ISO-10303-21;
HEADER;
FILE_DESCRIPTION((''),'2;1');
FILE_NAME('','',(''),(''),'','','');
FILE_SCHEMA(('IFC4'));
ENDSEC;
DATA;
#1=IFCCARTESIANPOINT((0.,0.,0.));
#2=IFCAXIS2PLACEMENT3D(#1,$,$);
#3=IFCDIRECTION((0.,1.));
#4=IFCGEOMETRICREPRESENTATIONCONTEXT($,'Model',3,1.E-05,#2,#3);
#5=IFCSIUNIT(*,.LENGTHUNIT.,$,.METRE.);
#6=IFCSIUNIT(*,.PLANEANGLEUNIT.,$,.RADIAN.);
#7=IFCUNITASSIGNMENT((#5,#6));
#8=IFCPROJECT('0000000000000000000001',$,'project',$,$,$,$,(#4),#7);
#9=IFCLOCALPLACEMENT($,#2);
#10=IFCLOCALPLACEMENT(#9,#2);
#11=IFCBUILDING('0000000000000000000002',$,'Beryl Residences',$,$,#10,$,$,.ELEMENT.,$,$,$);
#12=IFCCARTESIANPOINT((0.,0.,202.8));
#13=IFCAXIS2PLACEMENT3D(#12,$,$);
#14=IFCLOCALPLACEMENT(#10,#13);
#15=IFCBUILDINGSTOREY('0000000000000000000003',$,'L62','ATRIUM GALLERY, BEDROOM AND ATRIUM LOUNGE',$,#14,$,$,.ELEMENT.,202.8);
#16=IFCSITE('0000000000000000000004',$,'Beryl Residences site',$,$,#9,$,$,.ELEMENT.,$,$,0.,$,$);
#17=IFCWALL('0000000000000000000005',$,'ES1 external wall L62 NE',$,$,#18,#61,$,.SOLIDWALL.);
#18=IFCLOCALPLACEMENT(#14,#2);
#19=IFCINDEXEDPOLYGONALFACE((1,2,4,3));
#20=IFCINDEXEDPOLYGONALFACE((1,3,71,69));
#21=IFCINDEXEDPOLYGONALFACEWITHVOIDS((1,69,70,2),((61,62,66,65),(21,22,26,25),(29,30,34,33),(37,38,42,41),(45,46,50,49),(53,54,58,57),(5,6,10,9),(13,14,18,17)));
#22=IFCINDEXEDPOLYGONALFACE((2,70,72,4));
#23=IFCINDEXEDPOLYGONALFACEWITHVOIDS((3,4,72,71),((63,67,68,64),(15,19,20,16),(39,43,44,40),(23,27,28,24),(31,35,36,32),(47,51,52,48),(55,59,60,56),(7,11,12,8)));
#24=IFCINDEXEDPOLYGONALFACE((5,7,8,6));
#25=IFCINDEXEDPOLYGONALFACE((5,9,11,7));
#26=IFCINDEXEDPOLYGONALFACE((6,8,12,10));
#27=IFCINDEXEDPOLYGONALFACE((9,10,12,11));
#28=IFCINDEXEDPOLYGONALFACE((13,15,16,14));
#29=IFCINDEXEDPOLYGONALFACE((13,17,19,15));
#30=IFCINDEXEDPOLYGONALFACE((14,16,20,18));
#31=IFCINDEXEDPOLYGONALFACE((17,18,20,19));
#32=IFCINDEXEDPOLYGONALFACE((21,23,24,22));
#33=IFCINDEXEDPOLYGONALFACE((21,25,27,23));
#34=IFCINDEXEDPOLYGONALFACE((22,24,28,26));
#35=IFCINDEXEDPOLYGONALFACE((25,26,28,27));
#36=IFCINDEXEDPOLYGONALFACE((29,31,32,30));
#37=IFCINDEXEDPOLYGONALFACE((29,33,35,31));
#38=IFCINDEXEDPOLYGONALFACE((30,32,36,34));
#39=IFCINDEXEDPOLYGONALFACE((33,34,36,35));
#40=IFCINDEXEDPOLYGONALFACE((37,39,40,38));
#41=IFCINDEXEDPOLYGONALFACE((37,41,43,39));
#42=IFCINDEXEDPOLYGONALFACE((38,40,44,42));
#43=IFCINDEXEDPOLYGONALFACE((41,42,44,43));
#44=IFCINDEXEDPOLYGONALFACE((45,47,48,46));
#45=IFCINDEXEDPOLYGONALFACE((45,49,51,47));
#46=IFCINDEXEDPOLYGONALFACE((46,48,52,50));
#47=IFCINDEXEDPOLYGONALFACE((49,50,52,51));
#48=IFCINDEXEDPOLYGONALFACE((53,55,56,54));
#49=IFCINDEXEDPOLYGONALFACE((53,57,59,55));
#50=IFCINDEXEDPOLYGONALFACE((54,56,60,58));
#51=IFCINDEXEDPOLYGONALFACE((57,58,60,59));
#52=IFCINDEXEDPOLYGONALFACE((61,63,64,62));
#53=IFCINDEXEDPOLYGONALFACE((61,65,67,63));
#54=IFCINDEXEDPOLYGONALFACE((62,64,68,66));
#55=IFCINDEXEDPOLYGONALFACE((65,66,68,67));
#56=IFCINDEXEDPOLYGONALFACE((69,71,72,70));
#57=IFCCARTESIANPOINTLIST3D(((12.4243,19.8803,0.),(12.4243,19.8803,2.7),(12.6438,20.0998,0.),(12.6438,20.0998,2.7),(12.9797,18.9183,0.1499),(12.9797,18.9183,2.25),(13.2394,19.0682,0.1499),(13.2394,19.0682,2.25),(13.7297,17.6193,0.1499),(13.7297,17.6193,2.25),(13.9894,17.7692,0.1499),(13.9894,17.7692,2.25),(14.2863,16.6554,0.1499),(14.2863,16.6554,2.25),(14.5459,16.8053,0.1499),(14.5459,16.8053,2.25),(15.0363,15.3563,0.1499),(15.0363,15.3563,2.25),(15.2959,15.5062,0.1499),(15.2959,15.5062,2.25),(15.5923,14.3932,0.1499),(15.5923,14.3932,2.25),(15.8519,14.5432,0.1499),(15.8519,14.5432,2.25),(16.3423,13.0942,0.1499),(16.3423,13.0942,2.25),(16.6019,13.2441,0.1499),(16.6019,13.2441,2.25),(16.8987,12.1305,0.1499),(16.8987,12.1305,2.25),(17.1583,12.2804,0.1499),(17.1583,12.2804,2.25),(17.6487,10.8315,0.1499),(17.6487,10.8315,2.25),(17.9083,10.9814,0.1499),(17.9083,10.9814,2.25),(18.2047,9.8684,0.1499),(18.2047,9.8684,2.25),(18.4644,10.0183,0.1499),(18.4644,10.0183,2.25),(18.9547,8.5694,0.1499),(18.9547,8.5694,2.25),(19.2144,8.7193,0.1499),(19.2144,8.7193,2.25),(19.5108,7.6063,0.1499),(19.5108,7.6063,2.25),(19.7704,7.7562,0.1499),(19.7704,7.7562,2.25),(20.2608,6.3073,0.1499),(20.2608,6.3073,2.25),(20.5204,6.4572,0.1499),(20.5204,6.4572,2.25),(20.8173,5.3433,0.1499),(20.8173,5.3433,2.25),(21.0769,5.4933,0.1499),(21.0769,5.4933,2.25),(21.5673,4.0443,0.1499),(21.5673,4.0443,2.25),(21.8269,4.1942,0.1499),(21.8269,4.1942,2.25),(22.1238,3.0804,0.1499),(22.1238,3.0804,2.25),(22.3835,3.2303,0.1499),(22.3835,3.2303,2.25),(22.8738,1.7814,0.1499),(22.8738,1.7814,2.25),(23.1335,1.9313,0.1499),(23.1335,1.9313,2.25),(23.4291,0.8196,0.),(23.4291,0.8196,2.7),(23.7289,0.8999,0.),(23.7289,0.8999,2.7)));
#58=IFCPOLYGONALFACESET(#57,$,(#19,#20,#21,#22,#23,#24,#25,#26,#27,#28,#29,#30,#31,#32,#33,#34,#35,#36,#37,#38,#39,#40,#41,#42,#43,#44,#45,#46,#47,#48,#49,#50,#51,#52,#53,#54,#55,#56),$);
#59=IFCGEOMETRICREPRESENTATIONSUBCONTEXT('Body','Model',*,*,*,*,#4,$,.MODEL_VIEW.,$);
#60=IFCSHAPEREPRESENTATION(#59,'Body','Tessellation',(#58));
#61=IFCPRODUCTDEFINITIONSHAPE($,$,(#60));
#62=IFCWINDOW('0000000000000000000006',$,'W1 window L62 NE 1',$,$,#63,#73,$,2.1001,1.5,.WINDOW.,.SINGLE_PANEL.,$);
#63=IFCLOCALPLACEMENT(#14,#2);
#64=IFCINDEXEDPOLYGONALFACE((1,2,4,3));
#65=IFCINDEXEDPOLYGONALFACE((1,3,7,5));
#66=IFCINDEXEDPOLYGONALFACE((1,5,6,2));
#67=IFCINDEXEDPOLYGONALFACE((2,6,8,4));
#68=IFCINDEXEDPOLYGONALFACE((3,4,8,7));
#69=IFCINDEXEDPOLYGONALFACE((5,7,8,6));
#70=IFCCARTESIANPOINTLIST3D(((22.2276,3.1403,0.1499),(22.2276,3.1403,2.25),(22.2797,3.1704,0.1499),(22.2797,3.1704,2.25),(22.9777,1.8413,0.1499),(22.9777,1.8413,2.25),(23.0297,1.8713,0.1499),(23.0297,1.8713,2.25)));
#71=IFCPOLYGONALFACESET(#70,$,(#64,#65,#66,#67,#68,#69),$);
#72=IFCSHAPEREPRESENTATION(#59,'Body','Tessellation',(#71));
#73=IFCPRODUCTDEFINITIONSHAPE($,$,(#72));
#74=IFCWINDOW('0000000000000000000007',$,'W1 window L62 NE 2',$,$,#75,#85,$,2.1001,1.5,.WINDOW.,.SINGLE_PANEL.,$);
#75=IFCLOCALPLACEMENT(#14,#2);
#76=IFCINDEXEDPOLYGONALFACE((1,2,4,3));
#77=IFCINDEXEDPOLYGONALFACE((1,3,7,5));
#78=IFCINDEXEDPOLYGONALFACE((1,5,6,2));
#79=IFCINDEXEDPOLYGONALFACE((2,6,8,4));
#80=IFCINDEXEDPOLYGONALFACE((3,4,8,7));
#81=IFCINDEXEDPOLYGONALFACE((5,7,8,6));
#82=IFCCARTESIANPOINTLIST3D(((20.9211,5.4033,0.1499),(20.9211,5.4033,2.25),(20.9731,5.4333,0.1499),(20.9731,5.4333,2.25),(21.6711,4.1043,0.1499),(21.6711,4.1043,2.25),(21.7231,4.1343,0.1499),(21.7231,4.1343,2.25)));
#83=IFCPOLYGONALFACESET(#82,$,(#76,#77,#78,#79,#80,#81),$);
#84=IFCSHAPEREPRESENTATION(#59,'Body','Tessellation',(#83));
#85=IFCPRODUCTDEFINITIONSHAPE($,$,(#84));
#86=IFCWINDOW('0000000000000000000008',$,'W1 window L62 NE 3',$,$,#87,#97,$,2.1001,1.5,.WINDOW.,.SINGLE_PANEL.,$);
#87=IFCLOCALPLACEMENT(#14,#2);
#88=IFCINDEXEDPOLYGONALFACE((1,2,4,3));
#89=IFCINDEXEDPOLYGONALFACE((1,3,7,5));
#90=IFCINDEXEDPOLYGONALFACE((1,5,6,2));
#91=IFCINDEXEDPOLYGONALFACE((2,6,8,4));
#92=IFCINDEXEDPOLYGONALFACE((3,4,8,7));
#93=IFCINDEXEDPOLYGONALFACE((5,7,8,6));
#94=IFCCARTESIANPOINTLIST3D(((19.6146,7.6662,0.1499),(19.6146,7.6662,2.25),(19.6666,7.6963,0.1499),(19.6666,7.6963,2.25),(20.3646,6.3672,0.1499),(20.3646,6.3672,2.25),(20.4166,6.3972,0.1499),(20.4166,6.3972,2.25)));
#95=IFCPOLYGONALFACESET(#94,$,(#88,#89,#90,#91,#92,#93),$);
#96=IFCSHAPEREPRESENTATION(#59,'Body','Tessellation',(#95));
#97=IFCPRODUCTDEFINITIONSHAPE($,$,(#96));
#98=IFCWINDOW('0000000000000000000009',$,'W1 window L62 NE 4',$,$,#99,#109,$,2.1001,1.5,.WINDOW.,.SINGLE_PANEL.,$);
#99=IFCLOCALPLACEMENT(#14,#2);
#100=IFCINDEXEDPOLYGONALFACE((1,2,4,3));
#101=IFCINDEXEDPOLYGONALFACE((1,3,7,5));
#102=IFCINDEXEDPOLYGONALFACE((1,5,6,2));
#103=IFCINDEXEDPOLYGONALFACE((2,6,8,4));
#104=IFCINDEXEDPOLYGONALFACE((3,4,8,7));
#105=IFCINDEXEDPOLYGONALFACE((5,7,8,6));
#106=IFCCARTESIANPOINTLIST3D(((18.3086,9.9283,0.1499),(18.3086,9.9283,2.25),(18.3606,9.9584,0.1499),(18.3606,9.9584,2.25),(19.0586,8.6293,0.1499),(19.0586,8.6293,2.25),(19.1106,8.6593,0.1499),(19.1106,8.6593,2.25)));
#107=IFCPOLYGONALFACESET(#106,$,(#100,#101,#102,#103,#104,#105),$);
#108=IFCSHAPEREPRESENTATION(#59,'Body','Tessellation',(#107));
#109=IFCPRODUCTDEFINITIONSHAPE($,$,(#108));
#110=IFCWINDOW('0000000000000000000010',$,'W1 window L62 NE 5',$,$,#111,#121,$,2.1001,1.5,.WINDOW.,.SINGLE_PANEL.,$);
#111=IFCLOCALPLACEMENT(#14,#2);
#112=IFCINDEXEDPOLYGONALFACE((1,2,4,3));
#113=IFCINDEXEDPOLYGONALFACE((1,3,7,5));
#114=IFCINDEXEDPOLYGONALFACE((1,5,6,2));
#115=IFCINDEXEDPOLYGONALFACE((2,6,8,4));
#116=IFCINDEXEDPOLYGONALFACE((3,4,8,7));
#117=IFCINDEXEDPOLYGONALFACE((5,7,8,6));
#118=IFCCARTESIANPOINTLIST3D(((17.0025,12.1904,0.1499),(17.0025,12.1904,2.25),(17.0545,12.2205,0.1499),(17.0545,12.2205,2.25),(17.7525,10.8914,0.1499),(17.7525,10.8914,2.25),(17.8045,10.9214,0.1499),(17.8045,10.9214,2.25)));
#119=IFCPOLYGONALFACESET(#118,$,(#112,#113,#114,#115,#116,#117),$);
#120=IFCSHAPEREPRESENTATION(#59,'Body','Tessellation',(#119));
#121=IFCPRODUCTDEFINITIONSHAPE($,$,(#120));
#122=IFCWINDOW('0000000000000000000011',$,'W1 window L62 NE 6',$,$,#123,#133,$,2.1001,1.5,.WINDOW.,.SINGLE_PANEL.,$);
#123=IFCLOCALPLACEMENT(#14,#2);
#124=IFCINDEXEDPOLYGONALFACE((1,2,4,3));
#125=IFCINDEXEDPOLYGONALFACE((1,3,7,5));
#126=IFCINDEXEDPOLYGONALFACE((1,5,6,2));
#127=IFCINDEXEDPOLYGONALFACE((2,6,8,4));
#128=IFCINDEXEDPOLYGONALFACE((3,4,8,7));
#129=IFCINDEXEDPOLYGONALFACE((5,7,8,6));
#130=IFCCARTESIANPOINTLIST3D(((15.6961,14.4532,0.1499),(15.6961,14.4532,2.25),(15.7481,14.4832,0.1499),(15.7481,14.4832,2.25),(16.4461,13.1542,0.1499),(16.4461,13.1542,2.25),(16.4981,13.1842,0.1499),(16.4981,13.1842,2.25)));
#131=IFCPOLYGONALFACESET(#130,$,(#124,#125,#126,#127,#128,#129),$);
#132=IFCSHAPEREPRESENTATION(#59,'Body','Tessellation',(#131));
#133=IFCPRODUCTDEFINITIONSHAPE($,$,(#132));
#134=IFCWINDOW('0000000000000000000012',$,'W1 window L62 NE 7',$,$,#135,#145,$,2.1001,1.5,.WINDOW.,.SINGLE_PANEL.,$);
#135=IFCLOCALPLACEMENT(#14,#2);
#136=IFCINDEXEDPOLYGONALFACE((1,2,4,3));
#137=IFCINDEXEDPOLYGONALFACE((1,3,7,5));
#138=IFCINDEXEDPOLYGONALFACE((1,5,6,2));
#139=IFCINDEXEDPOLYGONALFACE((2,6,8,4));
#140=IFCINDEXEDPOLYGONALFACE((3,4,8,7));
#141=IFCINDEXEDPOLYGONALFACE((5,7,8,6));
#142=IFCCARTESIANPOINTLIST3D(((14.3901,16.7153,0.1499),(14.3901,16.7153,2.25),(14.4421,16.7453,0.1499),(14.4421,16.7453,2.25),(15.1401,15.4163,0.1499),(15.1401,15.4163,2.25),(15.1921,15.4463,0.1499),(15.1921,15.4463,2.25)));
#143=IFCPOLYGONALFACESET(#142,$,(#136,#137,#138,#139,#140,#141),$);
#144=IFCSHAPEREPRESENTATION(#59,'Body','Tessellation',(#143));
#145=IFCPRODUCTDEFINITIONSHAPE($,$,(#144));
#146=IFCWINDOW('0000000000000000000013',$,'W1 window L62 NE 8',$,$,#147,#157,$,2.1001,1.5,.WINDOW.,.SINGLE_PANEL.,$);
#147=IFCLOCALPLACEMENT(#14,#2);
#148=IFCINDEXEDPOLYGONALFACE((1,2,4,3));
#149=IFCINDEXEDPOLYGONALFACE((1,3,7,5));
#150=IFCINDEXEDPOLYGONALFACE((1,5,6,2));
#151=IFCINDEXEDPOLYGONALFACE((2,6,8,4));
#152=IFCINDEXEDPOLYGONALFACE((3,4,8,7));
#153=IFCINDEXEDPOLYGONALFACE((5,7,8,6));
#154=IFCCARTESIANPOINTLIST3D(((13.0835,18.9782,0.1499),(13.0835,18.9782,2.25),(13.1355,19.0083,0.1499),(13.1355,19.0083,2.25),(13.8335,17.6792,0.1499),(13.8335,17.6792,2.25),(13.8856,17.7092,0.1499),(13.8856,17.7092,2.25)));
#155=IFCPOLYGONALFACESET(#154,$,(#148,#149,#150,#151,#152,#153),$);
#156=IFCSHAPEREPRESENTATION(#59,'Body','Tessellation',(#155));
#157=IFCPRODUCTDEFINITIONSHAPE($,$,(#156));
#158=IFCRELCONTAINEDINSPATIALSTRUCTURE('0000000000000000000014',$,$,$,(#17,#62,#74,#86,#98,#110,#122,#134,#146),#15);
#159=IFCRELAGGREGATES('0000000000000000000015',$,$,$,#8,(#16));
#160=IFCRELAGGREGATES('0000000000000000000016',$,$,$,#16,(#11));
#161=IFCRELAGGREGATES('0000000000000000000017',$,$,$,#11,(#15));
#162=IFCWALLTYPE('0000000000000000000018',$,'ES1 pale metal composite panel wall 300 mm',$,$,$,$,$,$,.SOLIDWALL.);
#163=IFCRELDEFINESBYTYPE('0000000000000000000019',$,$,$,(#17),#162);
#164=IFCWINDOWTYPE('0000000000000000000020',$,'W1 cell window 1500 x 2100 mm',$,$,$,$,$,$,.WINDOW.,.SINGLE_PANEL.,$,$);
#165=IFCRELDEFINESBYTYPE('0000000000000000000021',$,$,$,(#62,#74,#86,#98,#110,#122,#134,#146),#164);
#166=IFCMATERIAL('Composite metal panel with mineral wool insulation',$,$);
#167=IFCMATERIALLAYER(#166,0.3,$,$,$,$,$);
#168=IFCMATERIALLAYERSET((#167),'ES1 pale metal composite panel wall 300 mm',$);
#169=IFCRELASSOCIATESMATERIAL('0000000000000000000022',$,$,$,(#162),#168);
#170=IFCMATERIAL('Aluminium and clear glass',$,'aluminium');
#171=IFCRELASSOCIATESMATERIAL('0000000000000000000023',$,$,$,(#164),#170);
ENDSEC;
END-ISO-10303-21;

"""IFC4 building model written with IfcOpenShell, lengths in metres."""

from ifc_helpers import new_model, si_unit, direction, frame, frame_2d, origin, place, context, subcontext, project, spatial, polyline, rectangle, outline, extrude, material, layer, layer_set, type_object, element, fill, save


model = new_model("IFC4")

# Units and contexts
model_context = context("Model", 3, precision=1e-05, world=origin(), true_north=direction((0.0, 1.0)))
body_context = subcontext(model_context, "Body", "Model", "MODEL_VIEW")
ifc_project = project(units=[si_unit("LENGTHUNIT", "METRE"), si_unit("PLANEANGLEUNIT", "RADIAN")], contexts=[model_context])

# Site, building, storey
site_placement = place(None, origin())
site = spatial("IfcSite", under=ifc_project, at=site_placement, Name="Beryl Residences site", CompositionType="ELEMENT", RefElevation=0.0)
building_placement = place(site_placement, origin())
building = spatial("IfcBuilding", under=site, at=building_placement, Name="Beryl Residences", CompositionType="ELEMENT")
storey_placement = place(building_placement, frame((0.0, 0.0, 202.8)))
storey = spatial("IfcBuildingStorey", under=building, at=storey_placement, Name="L62", Description="ATRIUM GALLERY, BEDROOM AND ATRIUM LOUNGE", CompositionType="ELEMENT", Elevation=202.8)

# Wall, openings, windows
ifc_material_1 = material(Name="Composite metal panel with mineral wool insulation")
ifc_layer_1 = layer(ifc_material_1, 0.3)
ifc_layer_set_1 = layer_set([ifc_layer_1], Name="ES1 pale metal composite panel wall 300 mm")
wall_type_1 = type_object("IfcWallType", Name="ES1 pale metal composite panel wall 300 mm", PredefinedType="SOLIDWALL", material=ifc_layer_set_1)
wall_1_placement = place(storey_placement, frame((23.5991, 0.825, 0.0), z_axis=(0.0, 0.0, 1.0), x_axis=(-0.500004, 0.866023, 0.0)))
wall_1 = element("IfcWall", 1, at=wall_1_placement, inside=storey, type_object=wall_type_1, Name="ES1 external wall L62 NE", PredefinedType="SOLIDWALL", context=body_context, shape_type="SweptSolid", body=[
    extrude(outline(polyline([(0.0, -0.1499), (22.1702, -0.1499), (22.0898, 0.1499), (0.0803, 0.1499), (0.0, -0.1499)])), origin(), (0.0, 0.0, 1.0), 2.7),
])
opening_1_placement = place(wall_1_placement, frame((1.1909, 0.0, 0.1499)))
opening_1 = element("IfcOpeningElement", 2, at=opening_1_placement, cuts=wall_1, PredefinedType="OPENING", context=body_context, shape_type="SweptSolid", body=[
    extrude(rectangle(XDim=1.5, YDim=2.1001, at=frame_2d((0.75, 1.05))), frame((0.0, 0.1599, 0.0), z_axis=(0.0, -1.0, 0.0), x_axis=(1.0, 0.0, 0.0)), (0.0, 0.0, 1.0), 0.3201),
])
opening_2_placement = place(wall_1_placement, frame((3.804, 0.0, 0.1499)))
opening_2 = element("IfcOpeningElement", 3, at=opening_2_placement, cuts=wall_1, PredefinedType="OPENING", context=body_context, shape_type="SweptSolid", body=[
    extrude(rectangle(XDim=1.5, YDim=2.1001, at=frame_2d((0.75, 1.05))), frame((0.0, 0.1599, 0.0), z_axis=(0.0, -1.0, 0.0), x_axis=(1.0, 0.0, 0.0)), (0.0, 0.0, 1.0), 0.3201),
])
opening_3_placement = place(wall_1_placement, frame((6.417, 0.0, 0.1499)))
opening_3 = element("IfcOpeningElement", 4, at=opening_3_placement, cuts=wall_1, PredefinedType="OPENING", context=body_context, shape_type="SweptSolid", body=[
    extrude(rectangle(XDim=1.5, YDim=2.1001, at=frame_2d((0.75, 1.05))), frame((0.0, 0.1599, 0.0), z_axis=(0.0, -1.0, 0.0), x_axis=(1.0, 0.0, 0.0)), (0.0, 0.0, 1.0), 0.3201),
])
opening_4_placement = place(wall_1_placement, frame((9.0291, 0.0, 0.1499)))
opening_4 = element("IfcOpeningElement", 5, at=opening_4_placement, cuts=wall_1, PredefinedType="OPENING", context=body_context, shape_type="SweptSolid", body=[
    extrude(rectangle(XDim=1.5, YDim=2.1001, at=frame_2d((0.75, 1.05))), frame((0.0, 0.1599, 0.0), z_axis=(0.0, -1.0, 0.0), x_axis=(1.0, 0.0, 0.0)), (0.0, 0.0, 1.0), 0.3201),
])
opening_5_placement = place(wall_1_placement, frame((11.6411, 0.0, 0.1499)))
opening_5 = element("IfcOpeningElement", 6, at=opening_5_placement, cuts=wall_1, PredefinedType="OPENING", context=body_context, shape_type="SweptSolid", body=[
    extrude(rectangle(XDim=1.5, YDim=2.1001, at=frame_2d((0.75, 1.05))), frame((0.0, 0.1599, 0.0), z_axis=(0.0, -1.0, 0.0), x_axis=(1.0, 0.0, 0.0)), (0.0, 0.0, 1.0), 0.3201),
])
opening_6_placement = place(wall_1_placement, frame((14.2539, 0.0, 0.1499)))
opening_6 = element("IfcOpeningElement", 7, at=opening_6_placement, cuts=wall_1, PredefinedType="OPENING", context=body_context, shape_type="SweptSolid", body=[
    extrude(rectangle(XDim=1.5, YDim=2.1001, at=frame_2d((0.75, 1.05))), frame((0.0, 0.1599, 0.0), z_axis=(0.0, -1.0, 0.0), x_axis=(1.0, 0.0, 0.0)), (0.0, 0.0, 1.0), 0.3201),
])
opening_7_placement = place(wall_1_placement, frame((16.866, 0.0, 0.1499)))
opening_7 = element("IfcOpeningElement", 8, at=opening_7_placement, cuts=wall_1, PredefinedType="OPENING", context=body_context, shape_type="SweptSolid", body=[
    extrude(rectangle(XDim=1.5, YDim=2.1001, at=frame_2d((0.75, 1.05))), frame((0.0, 0.1599, 0.0), z_axis=(0.0, -1.0, 0.0), x_axis=(1.0, 0.0, 0.0)), (0.0, 0.0, 1.0), 0.3201),
])
opening_8_placement = place(wall_1_placement, frame((19.479, 0.0, 0.1499)))
opening_8 = element("IfcOpeningElement", 9, at=opening_8_placement, cuts=wall_1, PredefinedType="OPENING", context=body_context, shape_type="SweptSolid", body=[
    extrude(rectangle(XDim=1.5, YDim=2.1001, at=frame_2d((0.75, 1.05))), frame((0.0, 0.1599, 0.0), z_axis=(0.0, -1.0, 0.0), x_axis=(1.0, 0.0, 0.0)), (0.0, 0.0, 1.0), 0.3201),
])
ifc_material_2 = material(Name="Aluminium and clear glass", Category="aluminium")
window_type = type_object("IfcWindowType", Name="W1 cell window 1500 x 2100 mm", PartitioningType="SINGLE_PANEL", PredefinedType="WINDOW", material=ifc_material_2)
window_1_placement = place(opening_1_placement, origin())
window_1 = element("IfcWindow", 10, at=window_1_placement, inside=storey, type_object=window_type, Name="W1 window L62 NE 1", OverallHeight=2.1001, OverallWidth=1.5, PartitioningType="SINGLE_PANEL", PredefinedType="WINDOW", context=body_context, shape_type="SweptSolid", body=[
    extrude(rectangle(XDim=1.5, YDim=2.1001, at=frame_2d((0.75, 1.05))), frame((0.0, 0.03, 0.0), z_axis=(0.0, -1.0, 0.0), x_axis=(1.0, 0.0, 0.0)), (0.0, 0.0, 1.0), 0.0601),
])
fill(opening_1, window_1)
window_2_placement = place(opening_2_placement, origin())
window_2 = element("IfcWindow", 11, at=window_2_placement, inside=storey, type_object=window_type, Name="W1 window L62 NE 2", OverallHeight=2.1001, OverallWidth=1.5, PartitioningType="SINGLE_PANEL", PredefinedType="WINDOW", context=body_context, shape_type="SweptSolid", body=[
    extrude(rectangle(XDim=1.5, YDim=2.1001, at=frame_2d((0.75, 1.05))), frame((0.0, 0.03, 0.0), z_axis=(0.0, -1.0, 0.0), x_axis=(1.0, 0.0, 0.0)), (0.0, 0.0, 1.0), 0.0601),
])
fill(opening_2, window_2)
window_3_placement = place(opening_3_placement, origin())
window_3 = element("IfcWindow", 12, at=window_3_placement, inside=storey, type_object=window_type, Name="W1 window L62 NE 3", OverallHeight=2.1001, OverallWidth=1.5, PartitioningType="SINGLE_PANEL", PredefinedType="WINDOW", context=body_context, shape_type="SweptSolid", body=[
    extrude(rectangle(XDim=1.5, YDim=2.1001, at=frame_2d((0.75, 1.05))), frame((0.0, 0.03, 0.0), z_axis=(0.0, -1.0, 0.0), x_axis=(1.0, 0.0, 0.0)), (0.0, 0.0, 1.0), 0.0601),
])
fill(opening_3, window_3)
window_4_placement = place(opening_4_placement, origin())
window_4 = element("IfcWindow", 13, at=window_4_placement, inside=storey, type_object=window_type, Name="W1 window L62 NE 4", OverallHeight=2.1001, OverallWidth=1.5, PartitioningType="SINGLE_PANEL", PredefinedType="WINDOW", context=body_context, shape_type="SweptSolid", body=[
    extrude(rectangle(XDim=1.5, YDim=2.1001, at=frame_2d((0.75, 1.05))), frame((0.0, 0.03, 0.0), z_axis=(0.0, -1.0, 0.0), x_axis=(1.0, 0.0, 0.0)), (0.0, 0.0, 1.0), 0.0601),
])
fill(opening_4, window_4)
window_5_placement = place(opening_5_placement, origin())
window_5 = element("IfcWindow", 14, at=window_5_placement, inside=storey, type_object=window_type, Name="W1 window L62 NE 5", OverallHeight=2.1001, OverallWidth=1.5, PartitioningType="SINGLE_PANEL", PredefinedType="WINDOW", context=body_context, shape_type="SweptSolid", body=[
    extrude(rectangle(XDim=1.5, YDim=2.1001, at=frame_2d((0.75, 1.05))), frame((0.0, 0.03, 0.0), z_axis=(0.0, -1.0, 0.0), x_axis=(1.0, 0.0, 0.0)), (0.0, 0.0, 1.0), 0.0601),
])
fill(opening_5, window_5)
window_6_placement = place(opening_6_placement, origin())
window_6 = element("IfcWindow", 15, at=window_6_placement, inside=storey, type_object=window_type, Name="W1 window L62 NE 6", OverallHeight=2.1001, OverallWidth=1.5, PartitioningType="SINGLE_PANEL", PredefinedType="WINDOW", context=body_context, shape_type="SweptSolid", body=[
    extrude(rectangle(XDim=1.5, YDim=2.1001, at=frame_2d((0.75, 1.05))), frame((0.0, 0.03, 0.0), z_axis=(0.0, -1.0, 0.0), x_axis=(1.0, 0.0, 0.0)), (0.0, 0.0, 1.0), 0.0601),
])
fill(opening_6, window_6)
window_7_placement = place(opening_7_placement, origin())
window_7 = element("IfcWindow", 16, at=window_7_placement, inside=storey, type_object=window_type, Name="W1 window L62 NE 7", OverallHeight=2.1001, OverallWidth=1.5, PartitioningType="SINGLE_PANEL", PredefinedType="WINDOW", context=body_context, shape_type="SweptSolid", body=[
    extrude(rectangle(XDim=1.5, YDim=2.1001, at=frame_2d((0.75, 1.05))), frame((0.0, 0.03, 0.0), z_axis=(0.0, -1.0, 0.0), x_axis=(1.0, 0.0, 0.0)), (0.0, 0.0, 1.0), 0.0601),
])
fill(opening_7, window_7)
window_8_placement = place(opening_8_placement, origin())
window_8 = element("IfcWindow", 17, at=window_8_placement, inside=storey, type_object=window_type, Name="W1 window L62 NE 8", OverallHeight=2.1001, OverallWidth=1.5, PartitioningType="SINGLE_PANEL", PredefinedType="WINDOW", context=body_context, shape_type="SweptSolid", body=[
    extrude(rectangle(XDim=1.5, YDim=2.1001, at=frame_2d((0.75, 1.05))), frame((0.0, 0.03, 0.0), z_axis=(0.0, -1.0, 0.0), x_axis=(1.0, 0.0, 0.0)), (0.0, 0.0, 1.0), 0.0601),
])
fill(opening_8, window_8)

save(model, "model.ifc")
